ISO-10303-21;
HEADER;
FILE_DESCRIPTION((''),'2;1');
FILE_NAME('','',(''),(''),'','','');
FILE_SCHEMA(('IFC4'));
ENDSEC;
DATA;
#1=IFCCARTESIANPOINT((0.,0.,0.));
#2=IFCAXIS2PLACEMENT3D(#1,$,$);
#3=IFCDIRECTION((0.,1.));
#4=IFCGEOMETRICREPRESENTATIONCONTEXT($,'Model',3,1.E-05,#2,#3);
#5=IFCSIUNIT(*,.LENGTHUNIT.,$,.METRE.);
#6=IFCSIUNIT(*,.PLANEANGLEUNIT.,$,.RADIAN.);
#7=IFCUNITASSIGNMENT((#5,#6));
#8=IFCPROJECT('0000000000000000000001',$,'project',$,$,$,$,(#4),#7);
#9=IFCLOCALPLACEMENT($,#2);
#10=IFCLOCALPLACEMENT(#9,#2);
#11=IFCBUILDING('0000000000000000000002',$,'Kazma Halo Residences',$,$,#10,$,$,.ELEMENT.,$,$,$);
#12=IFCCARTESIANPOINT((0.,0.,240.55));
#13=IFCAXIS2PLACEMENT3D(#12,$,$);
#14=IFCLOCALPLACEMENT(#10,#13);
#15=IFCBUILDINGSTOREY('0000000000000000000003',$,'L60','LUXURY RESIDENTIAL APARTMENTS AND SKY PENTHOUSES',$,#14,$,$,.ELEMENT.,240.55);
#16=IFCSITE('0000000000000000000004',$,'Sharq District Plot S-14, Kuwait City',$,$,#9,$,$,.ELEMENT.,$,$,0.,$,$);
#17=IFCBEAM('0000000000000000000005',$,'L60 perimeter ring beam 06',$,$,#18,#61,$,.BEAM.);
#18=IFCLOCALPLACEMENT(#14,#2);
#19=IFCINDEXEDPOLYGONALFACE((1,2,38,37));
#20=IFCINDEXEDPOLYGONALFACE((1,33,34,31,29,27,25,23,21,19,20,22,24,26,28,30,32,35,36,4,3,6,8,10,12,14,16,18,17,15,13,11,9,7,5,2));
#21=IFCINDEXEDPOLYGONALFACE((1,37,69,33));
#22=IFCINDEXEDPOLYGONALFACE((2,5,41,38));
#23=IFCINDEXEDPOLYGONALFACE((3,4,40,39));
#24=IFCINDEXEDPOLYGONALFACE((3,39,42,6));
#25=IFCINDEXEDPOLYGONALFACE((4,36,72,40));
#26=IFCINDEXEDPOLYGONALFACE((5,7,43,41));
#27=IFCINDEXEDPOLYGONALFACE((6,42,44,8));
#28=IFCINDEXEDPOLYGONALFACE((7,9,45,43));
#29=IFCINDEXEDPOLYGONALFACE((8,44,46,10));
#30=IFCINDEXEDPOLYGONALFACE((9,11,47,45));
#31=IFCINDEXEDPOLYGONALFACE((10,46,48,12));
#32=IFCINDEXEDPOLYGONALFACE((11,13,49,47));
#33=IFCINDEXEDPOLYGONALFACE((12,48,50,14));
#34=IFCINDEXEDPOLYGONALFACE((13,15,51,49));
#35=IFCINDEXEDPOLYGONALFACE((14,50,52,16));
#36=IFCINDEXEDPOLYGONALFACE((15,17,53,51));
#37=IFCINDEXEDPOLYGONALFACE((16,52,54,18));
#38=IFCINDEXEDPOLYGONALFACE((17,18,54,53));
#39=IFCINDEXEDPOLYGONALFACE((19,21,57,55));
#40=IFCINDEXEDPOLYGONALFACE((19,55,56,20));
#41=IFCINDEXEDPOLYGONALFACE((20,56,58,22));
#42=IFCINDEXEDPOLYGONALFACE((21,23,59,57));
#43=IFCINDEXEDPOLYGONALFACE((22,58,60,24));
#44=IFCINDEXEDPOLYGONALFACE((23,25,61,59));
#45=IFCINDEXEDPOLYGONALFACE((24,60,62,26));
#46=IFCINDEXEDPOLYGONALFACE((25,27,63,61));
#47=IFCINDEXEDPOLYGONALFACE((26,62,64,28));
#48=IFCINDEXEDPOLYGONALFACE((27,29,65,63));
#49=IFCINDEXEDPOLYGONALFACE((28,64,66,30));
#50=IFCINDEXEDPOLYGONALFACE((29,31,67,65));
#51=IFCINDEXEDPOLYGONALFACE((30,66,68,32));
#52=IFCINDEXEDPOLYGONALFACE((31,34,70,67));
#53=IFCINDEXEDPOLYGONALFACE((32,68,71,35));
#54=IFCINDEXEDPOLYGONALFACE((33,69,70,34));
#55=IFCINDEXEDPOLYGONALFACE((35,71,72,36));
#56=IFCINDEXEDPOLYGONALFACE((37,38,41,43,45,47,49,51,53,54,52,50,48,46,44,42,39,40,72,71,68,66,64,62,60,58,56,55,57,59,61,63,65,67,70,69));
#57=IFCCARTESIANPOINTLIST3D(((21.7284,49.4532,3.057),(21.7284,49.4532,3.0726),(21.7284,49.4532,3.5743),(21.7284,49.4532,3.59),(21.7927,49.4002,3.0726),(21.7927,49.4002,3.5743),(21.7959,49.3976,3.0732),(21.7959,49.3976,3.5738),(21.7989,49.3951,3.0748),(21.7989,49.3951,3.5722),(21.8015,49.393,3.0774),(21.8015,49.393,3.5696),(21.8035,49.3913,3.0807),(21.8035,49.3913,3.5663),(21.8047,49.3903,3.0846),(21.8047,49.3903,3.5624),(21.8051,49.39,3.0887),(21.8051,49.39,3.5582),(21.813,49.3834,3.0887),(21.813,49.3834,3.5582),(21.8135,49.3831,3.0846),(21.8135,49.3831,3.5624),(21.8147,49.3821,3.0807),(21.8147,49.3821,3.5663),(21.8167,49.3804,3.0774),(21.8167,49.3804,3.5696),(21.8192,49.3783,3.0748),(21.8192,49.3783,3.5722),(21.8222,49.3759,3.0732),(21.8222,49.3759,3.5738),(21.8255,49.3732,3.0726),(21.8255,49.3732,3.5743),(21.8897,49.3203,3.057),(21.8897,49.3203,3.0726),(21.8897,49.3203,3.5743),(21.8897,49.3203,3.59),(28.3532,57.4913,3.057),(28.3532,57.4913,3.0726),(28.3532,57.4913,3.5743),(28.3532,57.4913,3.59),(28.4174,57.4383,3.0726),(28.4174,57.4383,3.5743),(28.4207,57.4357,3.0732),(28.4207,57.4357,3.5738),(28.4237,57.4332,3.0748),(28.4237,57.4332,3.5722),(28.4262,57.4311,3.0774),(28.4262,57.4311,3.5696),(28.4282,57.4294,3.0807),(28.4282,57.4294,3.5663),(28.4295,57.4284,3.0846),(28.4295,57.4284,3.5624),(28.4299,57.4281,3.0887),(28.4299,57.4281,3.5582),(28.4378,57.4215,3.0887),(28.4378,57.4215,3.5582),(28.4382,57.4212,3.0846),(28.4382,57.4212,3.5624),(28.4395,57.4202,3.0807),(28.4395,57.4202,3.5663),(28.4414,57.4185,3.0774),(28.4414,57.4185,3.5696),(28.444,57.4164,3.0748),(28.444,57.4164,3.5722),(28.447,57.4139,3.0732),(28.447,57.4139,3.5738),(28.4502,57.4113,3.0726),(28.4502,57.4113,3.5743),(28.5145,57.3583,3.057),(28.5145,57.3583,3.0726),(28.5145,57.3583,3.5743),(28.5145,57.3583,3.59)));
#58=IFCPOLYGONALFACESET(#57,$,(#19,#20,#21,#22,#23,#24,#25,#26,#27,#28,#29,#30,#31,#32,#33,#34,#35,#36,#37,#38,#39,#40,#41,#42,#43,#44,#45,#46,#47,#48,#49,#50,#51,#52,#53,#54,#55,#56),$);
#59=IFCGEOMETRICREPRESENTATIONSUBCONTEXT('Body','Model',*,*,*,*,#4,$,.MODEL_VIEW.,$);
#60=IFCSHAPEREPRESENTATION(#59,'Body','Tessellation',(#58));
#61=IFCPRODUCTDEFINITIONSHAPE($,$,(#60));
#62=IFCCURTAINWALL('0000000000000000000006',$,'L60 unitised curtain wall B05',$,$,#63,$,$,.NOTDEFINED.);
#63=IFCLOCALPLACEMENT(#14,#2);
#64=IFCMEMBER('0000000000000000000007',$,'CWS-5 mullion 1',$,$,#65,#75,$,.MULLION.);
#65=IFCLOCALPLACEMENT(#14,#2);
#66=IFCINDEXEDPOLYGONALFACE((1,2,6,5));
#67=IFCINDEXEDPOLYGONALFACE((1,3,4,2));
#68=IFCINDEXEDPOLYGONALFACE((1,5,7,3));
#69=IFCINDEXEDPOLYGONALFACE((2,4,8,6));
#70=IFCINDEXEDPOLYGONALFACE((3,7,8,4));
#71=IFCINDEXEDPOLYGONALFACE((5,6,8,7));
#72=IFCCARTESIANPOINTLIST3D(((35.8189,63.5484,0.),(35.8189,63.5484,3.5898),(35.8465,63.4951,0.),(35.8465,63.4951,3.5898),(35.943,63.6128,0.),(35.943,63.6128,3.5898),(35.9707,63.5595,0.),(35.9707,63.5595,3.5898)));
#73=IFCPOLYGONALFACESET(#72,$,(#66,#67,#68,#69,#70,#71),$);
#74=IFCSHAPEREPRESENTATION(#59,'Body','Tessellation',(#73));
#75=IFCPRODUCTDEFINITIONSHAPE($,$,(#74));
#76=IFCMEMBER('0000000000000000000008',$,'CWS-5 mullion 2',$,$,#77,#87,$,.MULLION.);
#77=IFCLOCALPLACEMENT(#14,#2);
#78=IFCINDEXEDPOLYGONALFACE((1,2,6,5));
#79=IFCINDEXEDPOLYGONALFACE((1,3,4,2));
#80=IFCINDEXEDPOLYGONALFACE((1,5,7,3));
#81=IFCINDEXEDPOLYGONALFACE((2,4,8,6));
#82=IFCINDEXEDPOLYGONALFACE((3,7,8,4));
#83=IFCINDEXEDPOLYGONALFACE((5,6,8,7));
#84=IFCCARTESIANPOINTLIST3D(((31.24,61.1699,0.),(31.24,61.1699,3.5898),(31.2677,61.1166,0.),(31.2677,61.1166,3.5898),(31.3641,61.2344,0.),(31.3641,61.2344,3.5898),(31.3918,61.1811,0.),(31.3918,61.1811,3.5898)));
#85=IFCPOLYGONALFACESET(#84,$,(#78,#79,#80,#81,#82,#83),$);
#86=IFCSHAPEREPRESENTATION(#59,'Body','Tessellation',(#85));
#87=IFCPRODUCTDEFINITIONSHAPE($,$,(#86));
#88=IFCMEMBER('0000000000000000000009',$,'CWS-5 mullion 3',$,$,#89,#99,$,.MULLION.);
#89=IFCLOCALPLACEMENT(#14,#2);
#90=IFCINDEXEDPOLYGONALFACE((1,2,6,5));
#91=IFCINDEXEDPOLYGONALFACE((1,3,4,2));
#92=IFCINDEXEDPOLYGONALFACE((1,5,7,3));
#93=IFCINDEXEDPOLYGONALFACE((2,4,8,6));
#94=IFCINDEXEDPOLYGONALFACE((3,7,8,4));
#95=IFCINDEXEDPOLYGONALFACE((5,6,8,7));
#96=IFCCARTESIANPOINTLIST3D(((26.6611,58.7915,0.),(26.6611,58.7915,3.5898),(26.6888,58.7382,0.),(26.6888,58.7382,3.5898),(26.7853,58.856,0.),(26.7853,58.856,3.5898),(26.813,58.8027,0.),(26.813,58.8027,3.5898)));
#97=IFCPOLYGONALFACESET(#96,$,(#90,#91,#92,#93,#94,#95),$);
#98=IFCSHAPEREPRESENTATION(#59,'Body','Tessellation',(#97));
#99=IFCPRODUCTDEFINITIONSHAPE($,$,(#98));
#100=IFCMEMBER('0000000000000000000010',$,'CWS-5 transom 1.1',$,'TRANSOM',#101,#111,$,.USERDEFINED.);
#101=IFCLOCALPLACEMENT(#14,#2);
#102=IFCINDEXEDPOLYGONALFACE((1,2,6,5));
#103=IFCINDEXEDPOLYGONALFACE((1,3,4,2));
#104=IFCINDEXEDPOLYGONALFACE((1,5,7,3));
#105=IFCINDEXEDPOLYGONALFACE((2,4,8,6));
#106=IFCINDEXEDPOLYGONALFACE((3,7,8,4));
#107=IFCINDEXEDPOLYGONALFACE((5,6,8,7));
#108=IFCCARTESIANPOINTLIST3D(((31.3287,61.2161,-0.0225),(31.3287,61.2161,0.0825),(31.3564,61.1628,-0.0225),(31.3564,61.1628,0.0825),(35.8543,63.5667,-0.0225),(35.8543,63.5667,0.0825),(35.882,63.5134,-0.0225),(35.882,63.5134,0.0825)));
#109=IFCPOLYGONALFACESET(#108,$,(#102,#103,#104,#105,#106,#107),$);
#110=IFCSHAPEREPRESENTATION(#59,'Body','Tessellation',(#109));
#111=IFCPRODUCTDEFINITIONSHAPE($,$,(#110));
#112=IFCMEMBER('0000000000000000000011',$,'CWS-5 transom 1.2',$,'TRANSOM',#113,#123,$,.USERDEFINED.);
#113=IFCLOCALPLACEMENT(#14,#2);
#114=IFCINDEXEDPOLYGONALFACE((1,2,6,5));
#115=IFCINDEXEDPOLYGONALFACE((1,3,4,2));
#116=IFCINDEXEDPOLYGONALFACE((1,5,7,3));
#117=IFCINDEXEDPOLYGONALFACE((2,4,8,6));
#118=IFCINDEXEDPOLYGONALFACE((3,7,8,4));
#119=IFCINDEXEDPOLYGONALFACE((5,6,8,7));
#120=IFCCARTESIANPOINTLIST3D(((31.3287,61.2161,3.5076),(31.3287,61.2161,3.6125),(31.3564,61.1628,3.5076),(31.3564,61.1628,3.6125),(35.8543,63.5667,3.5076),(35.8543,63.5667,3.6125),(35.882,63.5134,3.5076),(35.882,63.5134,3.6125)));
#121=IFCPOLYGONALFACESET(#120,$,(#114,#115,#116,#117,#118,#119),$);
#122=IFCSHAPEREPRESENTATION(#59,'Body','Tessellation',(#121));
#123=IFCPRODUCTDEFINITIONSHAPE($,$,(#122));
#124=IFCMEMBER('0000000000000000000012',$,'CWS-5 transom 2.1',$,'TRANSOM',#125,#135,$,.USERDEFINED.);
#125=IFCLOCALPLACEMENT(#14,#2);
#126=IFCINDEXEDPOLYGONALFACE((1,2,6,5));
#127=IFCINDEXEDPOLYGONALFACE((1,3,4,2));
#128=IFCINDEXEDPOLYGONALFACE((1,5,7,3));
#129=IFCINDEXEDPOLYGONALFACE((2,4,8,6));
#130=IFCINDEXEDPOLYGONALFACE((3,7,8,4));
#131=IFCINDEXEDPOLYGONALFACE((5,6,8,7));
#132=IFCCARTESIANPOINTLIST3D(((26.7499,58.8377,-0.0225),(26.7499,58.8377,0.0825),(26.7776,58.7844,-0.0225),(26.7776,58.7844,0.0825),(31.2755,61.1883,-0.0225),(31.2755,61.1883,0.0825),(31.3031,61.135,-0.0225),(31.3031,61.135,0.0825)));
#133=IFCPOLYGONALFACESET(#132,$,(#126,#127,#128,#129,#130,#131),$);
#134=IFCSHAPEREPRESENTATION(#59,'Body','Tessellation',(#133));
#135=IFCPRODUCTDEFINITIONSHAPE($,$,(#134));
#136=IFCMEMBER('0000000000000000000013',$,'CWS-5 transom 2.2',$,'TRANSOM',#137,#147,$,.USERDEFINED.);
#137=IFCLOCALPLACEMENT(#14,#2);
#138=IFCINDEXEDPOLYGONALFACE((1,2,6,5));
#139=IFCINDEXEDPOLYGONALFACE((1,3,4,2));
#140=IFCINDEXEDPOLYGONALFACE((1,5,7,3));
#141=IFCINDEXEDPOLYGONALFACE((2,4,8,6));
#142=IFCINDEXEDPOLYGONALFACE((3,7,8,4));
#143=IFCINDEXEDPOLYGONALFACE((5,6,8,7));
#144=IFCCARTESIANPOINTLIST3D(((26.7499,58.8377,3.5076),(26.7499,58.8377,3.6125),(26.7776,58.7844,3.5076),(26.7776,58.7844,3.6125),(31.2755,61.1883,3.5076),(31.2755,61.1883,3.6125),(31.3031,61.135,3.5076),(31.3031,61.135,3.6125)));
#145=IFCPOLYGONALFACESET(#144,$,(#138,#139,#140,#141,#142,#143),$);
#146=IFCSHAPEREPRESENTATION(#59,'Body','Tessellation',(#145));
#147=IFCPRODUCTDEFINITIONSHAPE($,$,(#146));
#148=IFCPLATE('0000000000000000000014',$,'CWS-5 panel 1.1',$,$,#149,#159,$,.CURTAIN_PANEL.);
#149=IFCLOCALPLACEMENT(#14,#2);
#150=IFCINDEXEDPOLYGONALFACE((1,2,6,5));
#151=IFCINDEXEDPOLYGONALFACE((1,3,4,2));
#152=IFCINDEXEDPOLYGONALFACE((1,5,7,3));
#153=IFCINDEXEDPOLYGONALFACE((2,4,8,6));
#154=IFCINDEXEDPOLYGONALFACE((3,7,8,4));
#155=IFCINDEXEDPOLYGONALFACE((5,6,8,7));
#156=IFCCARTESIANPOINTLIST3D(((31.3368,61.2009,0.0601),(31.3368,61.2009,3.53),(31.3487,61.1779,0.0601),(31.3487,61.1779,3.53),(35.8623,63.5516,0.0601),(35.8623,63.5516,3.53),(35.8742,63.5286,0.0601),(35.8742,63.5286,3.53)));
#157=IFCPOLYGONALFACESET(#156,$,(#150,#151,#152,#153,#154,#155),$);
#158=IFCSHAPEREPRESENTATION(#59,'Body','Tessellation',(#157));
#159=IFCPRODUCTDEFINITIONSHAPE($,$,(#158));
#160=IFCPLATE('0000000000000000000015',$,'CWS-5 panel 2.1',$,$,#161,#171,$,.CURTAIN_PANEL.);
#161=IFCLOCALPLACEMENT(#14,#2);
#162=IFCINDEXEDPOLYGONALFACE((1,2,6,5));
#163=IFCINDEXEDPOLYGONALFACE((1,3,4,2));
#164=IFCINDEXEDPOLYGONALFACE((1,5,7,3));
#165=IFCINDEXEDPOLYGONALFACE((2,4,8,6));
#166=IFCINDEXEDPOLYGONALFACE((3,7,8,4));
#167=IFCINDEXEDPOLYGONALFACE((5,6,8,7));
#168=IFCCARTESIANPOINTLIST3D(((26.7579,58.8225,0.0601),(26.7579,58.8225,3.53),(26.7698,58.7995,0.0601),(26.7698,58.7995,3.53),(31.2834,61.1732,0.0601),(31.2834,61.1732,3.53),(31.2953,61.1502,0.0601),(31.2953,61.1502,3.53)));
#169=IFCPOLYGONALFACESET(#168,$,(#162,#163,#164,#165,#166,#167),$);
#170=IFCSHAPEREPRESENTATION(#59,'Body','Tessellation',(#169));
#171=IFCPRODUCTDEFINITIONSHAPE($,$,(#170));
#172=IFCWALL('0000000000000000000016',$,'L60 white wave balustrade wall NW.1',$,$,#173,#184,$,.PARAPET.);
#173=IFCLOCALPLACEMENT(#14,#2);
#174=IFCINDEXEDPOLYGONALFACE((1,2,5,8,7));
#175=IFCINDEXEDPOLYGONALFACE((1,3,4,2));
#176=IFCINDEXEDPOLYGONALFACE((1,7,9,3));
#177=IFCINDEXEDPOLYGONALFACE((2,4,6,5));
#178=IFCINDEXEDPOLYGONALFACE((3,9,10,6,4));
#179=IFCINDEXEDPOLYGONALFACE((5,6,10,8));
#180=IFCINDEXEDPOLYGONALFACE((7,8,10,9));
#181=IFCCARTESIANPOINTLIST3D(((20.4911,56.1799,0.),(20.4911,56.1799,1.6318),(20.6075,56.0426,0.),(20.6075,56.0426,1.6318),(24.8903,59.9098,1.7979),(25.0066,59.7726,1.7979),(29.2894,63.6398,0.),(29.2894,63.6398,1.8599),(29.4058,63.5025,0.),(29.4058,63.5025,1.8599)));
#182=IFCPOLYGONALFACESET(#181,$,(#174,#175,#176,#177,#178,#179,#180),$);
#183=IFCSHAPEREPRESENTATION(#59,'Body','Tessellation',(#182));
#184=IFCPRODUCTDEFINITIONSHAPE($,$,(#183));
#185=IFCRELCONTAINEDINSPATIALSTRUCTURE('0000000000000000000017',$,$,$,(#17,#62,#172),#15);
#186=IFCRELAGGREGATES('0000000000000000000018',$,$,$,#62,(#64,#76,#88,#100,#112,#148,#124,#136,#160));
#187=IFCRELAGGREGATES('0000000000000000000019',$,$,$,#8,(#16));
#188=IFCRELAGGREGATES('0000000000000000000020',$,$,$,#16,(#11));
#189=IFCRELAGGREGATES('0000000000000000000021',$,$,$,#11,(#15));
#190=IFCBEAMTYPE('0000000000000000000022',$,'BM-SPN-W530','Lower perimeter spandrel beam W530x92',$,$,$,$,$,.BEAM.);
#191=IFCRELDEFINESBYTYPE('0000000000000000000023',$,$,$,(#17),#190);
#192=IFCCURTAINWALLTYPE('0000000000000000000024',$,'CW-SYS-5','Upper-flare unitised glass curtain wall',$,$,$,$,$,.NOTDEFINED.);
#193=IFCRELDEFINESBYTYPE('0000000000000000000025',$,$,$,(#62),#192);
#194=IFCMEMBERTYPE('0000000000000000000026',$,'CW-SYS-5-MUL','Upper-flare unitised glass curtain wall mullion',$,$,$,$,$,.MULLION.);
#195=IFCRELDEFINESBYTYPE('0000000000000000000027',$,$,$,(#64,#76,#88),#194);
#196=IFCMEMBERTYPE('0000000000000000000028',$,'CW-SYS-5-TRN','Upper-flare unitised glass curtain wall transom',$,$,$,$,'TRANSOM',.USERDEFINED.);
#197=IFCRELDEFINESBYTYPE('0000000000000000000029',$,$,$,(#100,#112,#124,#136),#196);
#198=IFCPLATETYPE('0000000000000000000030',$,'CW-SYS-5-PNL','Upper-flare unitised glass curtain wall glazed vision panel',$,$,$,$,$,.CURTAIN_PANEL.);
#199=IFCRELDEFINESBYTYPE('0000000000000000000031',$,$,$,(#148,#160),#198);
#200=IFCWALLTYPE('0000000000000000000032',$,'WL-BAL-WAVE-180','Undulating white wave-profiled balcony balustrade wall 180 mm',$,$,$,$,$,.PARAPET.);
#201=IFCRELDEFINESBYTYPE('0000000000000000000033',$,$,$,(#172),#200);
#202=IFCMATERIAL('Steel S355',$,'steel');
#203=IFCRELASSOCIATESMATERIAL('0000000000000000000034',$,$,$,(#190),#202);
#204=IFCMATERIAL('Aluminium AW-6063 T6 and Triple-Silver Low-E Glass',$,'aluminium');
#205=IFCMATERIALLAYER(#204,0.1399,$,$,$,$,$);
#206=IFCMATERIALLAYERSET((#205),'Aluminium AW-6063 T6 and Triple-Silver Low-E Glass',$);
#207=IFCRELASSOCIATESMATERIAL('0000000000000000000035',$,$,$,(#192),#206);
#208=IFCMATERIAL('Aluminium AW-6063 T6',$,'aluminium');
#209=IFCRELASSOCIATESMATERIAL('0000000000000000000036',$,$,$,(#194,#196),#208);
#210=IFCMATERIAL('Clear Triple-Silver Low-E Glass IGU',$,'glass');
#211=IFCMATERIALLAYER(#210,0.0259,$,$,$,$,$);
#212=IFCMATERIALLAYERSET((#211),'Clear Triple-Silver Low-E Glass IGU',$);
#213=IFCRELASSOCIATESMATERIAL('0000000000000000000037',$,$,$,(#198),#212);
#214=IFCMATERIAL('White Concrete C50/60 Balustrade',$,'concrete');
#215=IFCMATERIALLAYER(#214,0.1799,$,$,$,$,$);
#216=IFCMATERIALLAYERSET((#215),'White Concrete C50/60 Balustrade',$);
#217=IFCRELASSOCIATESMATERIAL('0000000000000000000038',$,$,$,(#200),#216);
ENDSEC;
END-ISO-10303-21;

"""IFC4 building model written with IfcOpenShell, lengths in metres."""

from ifc_helpers import new_model, si_unit, direction, frame, origin, origin_2d, place, context, subcontext, project, spatial, polyline, rectangle, i_section, outline, extrude, material, layer, layer_set, material_profile, profile_set, type_object, element, aggregate, save


model = new_model("IFC4")

# Units and contexts
model_context = context("Model", 3, precision=1e-05, world=origin(), true_north=direction((0.0, 1.0)))
body_context = subcontext(model_context, "Body", "Model", "MODEL_VIEW")
ifc_project = project(units=[si_unit("LENGTHUNIT", "METRE"), si_unit("PLANEANGLEUNIT", "RADIAN")], contexts=[model_context])

# Site, building, storey
site_placement = place(None, origin())
site = spatial("IfcSite", under=ifc_project, at=site_placement, Name="Sharq District Plot S-14, Kuwait City", CompositionType="ELEMENT", RefElevation=0.0)
building_placement = place(site_placement, origin())
building = spatial("IfcBuilding", under=site, at=building_placement, Name="Kazma Halo Residences", CompositionType="ELEMENT")
storey_placement = place(building_placement, frame((0.0, 0.0, 240.55)))
storey = spatial("IfcBuildingStorey", under=building, at=storey_placement, Name="L60", Description="LUXURY RESIDENTIAL APARTMENTS AND SKY PENTHOUSES", CompositionType="ELEMENT", Elevation=240.55)

# Beam
ifc_material_1 = material(Name="Steel S355", Category="steel")
ifc_material_profile_1 = material_profile(ifc_material_1, i_section(OverallWidth=0.209, OverallDepth=0.533, WebThickness=0.0103, FlangeThickness=0.0156, FilletRadius=0.0161, at=origin_2d()), Name="W530x92")
ifc_profile_set_1 = profile_set([ifc_material_profile_1], Name="Steel S355")
beam_type_1 = type_object("IfcBeamType", Name="BM-SPN-W530", Description="Lower perimeter spandrel beam W530x92", PredefinedType="BEAM", material=ifc_profile_set_1)
beam_1_placement = place(storey_placement, frame((28.4338, 57.4248, 3.3235), z_axis=(-0.636002, -0.771687, 0.0), x_axis=(0.771687, -0.636002, 0.0)))
element("IfcBeam", 1, at=beam_1_placement, inside=storey, type_object=beam_type_1, Name="L60 perimeter ring beam 06", PredefinedType="BEAM", context=body_context, shape_type="SweptSolid", body=[
    extrude(i_section(OverallWidth=0.209, OverallDepth=0.533, WebThickness=0.0103, FlangeThickness=0.0156, FilletRadius=0.0161, at=origin_2d()), origin(), (0.0, 0.0, 1.0), 10.4163),
])

# Curtain wall, members, plates
ifc_material_2 = material(Name="Aluminium AW-6063 T6 and Triple-Silver Low-E Glass", Category="aluminium")
ifc_layer_1 = layer(ifc_material_2, 0.1399)
ifc_layer_set_1 = layer_set([ifc_layer_1], Name="Aluminium AW-6063 T6 and Triple-Silver Low-E Glass")
curtain_wall_type = type_object("IfcCurtainWallType", Name="CW-SYS-5", Description="Upper-flare unitised glass curtain wall", PredefinedType="NOTDEFINED", material=ifc_layer_set_1)
curtain_wall_placement = place(storey_placement, origin())
curtain_wall = element("IfcCurtainWall", 2, at=curtain_wall_placement, inside=storey, type_object=curtain_wall_type, Name="L60 unitised curtain wall B05", PredefinedType="NOTDEFINED")
ifc_material_3 = material(Name="Aluminium AW-6063 T6", Category="aluminium")
ifc_material_profile_2 = material_profile(ifc_material_3, rectangle(XDim=0.0601, YDim=0.1399, at=origin_2d()), Name="CWM-60x140")
ifc_profile_set_2 = profile_set([ifc_material_profile_2], Name="Aluminium AW-6063 T6")
member_type_1 = type_object("IfcMemberType", Name="CW-SYS-5-MUL", Description="Upper-flare unitised glass curtain wall mullion", PredefinedType="MULLION", material=ifc_profile_set_2)
member_1_placement = place(storey_placement, frame((35.8948, 63.554, 0.0), z_axis=(0.0, 0.0, 1.0), x_axis=(0.460961, -0.887421, 0.0)))
member_1 = element("IfcMember", 3, at=member_1_placement, type_object=member_type_1, Name="CWS-5 mullion 1", PredefinedType="MULLION", context=body_context, shape_type="SweptSolid", body=[
    extrude(rectangle(XDim=0.0601, YDim=0.1399, at=origin_2d()), origin(), (0.0, 0.0, 1.0), 3.5898),
])
member_2_placement = place(storey_placement, frame((31.3159, 61.1755, 0.0), z_axis=(0.0, 0.0, 1.0), x_axis=(0.460961, -0.887421, 0.0)))
member_2 = element("IfcMember", 4, at=member_2_placement, type_object=member_type_1, Name="CWS-5 mullion 2", PredefinedType="MULLION", context=body_context, shape_type="SweptSolid", body=[
    extrude(rectangle(XDim=0.0601, YDim=0.1399, at=origin_2d()), origin(), (0.0, 0.0, 1.0), 3.5898),
])
member_3_placement = place(storey_placement, frame((26.7371, 58.7971, 0.0), z_axis=(0.0, 0.0, 1.0), x_axis=(0.460961, -0.887421, 0.0)))
member_3 = element("IfcMember", 5, at=member_3_placement, type_object=member_type_1, Name="CWS-5 mullion 3", PredefinedType="MULLION", context=body_context, shape_type="SweptSolid", body=[
    extrude(rectangle(XDim=0.0601, YDim=0.1399, at=origin_2d()), origin(), (0.0, 0.0, 1.0), 3.5898),
])
ifc_material_profile_3 = material_profile(ifc_material_3, rectangle(XDim=0.0601, YDim=0.105, at=origin_2d()), Name="CWT-60x105")
ifc_profile_set_3 = profile_set([ifc_material_profile_3], Name="Aluminium AW-6063 T6")
member_type_2 = type_object("IfcMemberType", Name="CW-SYS-5-TRN", Description="Upper-flare unitised glass curtain wall transom", ElementType="TRANSOM", PredefinedType="USERDEFINED", material=ifc_profile_set_3)
member_4_placement = place(storey_placement, frame((35.8682, 63.54, 0.03), z_axis=(-0.887437, -0.460929, 0.0), x_axis=(0.460929, -0.887437, 0.0)))
member_4 = element("IfcMember", 6, at=member_4_placement, type_object=member_type_2, Name="CWS-5 transom 1.1", ObjectType="TRANSOM", PredefinedType="USERDEFINED", context=body_context, shape_type="SweptSolid", body=[
    extrude(rectangle(XDim=0.0601, YDim=0.105, at=origin_2d()), origin(), (0.0, 0.0, 1.0), 5.0996),
])
member_5_placement = place(storey_placement, frame((35.8682, 63.54, 3.5601), z_axis=(-0.887437, -0.460929, 0.0), x_axis=(0.460929, -0.887437, 0.0)))
member_5 = element("IfcMember", 7, at=member_5_placement, type_object=member_type_2, Name="CWS-5 transom 1.2", ObjectType="TRANSOM", PredefinedType="USERDEFINED", context=body_context, shape_type="SweptSolid", body=[
    extrude(rectangle(XDim=0.0601, YDim=0.105, at=origin_2d()), origin(), (0.0, 0.0, 1.0), 5.0996),
])
member_6_placement = place(storey_placement, frame((31.2893, 61.1616, 0.03), z_axis=(-0.887437, -0.460929, 0.0), x_axis=(0.460929, -0.887437, 0.0)))
member_6 = element("IfcMember", 8, at=member_6_placement, type_object=member_type_2, Name="CWS-5 transom 2.1", ObjectType="TRANSOM", PredefinedType="USERDEFINED", context=body_context, shape_type="SweptSolid", body=[
    extrude(rectangle(XDim=0.0601, YDim=0.105, at=origin_2d()), origin(), (0.0, 0.0, 1.0), 5.0996),
])
member_7_placement = place(storey_placement, frame((31.2893, 61.1616, 3.5601), z_axis=(-0.887437, -0.460929, 0.0), x_axis=(0.460929, -0.887437, 0.0)))
member_7 = element("IfcMember", 9, at=member_7_placement, type_object=member_type_2, Name="CWS-5 transom 2.2", ObjectType="TRANSOM", PredefinedType="USERDEFINED", context=body_context, shape_type="SweptSolid", body=[
    extrude(rectangle(XDim=0.0601, YDim=0.105, at=origin_2d()), origin(), (0.0, 0.0, 1.0), 5.0996),
])
ifc_material_4 = material(Name="Clear Triple-Silver Low-E Glass IGU", Category="glass")
ifc_layer_2 = layer(ifc_material_4, 0.0259)
ifc_layer_set_2 = layer_set([ifc_layer_2], Name="Clear Triple-Silver Low-E Glass IGU")
plate_type = type_object("IfcPlateType", Name="CW-SYS-5-PNL", Description="Upper-flare unitised glass curtain wall glazed vision panel", PredefinedType="CURTAIN_PANEL", material=ifc_layer_set_2)
plate_1_placement = place(storey_placement, frame((33.6055, 62.3647, 0.0601), z_axis=(0.0, 0.0, 1.0), x_axis=(-0.887421, -0.460961, 0.0)))
plate_1 = element("IfcPlate", 10, at=plate_1_placement, type_object=plate_type, Name="CWS-5 panel 1.1", PredefinedType="CURTAIN_PANEL", context=body_context, shape_type="SweptSolid", body=[
    extrude(rectangle(XDim=5.0996, YDim=0.0259, at=origin_2d()), origin(), (0.0, 0.0, 1.0), 3.47),
])
plate_2_placement = place(storey_placement, frame((29.0266, 59.9863, 0.0601), z_axis=(0.0, 0.0, 1.0), x_axis=(-0.887421, -0.460961, 0.0)))
plate_2 = element("IfcPlate", 11, at=plate_2_placement, type_object=plate_type, Name="CWS-5 panel 2.1", PredefinedType="CURTAIN_PANEL", context=body_context, shape_type="SweptSolid", body=[
    extrude(rectangle(XDim=5.0996, YDim=0.0259, at=origin_2d()), origin(), (0.0, 0.0, 1.0), 3.47),
])
aggregate(curtain_wall, [member_1, member_2, member_3, member_4, member_5, plate_1, member_6, member_7, plate_2])

# Wall
ifc_material_5 = material(Name="White Concrete C50/60 Balustrade", Category="concrete")
ifc_layer_3 = layer(ifc_material_5, 0.1799)
ifc_layer_set_3 = layer_set([ifc_layer_3], Name="White Concrete C50/60 Balustrade")
wall_type_1 = type_object("IfcWallType", Name="WL-BAL-WAVE-180", Description="Undulating white wave-profiled balcony balustrade wall 180 mm", PredefinedType="PARAPET", material=ifc_layer_set_3)
wall_1_placement = place(storey_placement, frame((29.3477, 63.571, 0.0), z_axis=(0.0, 0.0, 1.0), x_axis=(-0.762736, -0.64671, 0.0)))
element("IfcWall", 12, at=wall_1_placement, inside=storey, type_object=wall_type_1, Name="L60 white wave balustrade wall NW.1", PredefinedType="PARAPET", context=body_context, shape_type="SweptSolid", body=[
    extrude(outline(polyline([(0.0, 0.0), (11.5352, 0.0), (11.5352, 1.6318), (5.7676, 1.7979), (0.0, 1.8599), (0.0, 0.0)])), frame((0.0, 0.0898, 0.0), z_axis=(0.0, -1.0, 0.0), x_axis=(1.0, 0.0, 0.0)), (0.0, 0.0, 1.0), 0.1799),
])

save(model, "model.ifc")
